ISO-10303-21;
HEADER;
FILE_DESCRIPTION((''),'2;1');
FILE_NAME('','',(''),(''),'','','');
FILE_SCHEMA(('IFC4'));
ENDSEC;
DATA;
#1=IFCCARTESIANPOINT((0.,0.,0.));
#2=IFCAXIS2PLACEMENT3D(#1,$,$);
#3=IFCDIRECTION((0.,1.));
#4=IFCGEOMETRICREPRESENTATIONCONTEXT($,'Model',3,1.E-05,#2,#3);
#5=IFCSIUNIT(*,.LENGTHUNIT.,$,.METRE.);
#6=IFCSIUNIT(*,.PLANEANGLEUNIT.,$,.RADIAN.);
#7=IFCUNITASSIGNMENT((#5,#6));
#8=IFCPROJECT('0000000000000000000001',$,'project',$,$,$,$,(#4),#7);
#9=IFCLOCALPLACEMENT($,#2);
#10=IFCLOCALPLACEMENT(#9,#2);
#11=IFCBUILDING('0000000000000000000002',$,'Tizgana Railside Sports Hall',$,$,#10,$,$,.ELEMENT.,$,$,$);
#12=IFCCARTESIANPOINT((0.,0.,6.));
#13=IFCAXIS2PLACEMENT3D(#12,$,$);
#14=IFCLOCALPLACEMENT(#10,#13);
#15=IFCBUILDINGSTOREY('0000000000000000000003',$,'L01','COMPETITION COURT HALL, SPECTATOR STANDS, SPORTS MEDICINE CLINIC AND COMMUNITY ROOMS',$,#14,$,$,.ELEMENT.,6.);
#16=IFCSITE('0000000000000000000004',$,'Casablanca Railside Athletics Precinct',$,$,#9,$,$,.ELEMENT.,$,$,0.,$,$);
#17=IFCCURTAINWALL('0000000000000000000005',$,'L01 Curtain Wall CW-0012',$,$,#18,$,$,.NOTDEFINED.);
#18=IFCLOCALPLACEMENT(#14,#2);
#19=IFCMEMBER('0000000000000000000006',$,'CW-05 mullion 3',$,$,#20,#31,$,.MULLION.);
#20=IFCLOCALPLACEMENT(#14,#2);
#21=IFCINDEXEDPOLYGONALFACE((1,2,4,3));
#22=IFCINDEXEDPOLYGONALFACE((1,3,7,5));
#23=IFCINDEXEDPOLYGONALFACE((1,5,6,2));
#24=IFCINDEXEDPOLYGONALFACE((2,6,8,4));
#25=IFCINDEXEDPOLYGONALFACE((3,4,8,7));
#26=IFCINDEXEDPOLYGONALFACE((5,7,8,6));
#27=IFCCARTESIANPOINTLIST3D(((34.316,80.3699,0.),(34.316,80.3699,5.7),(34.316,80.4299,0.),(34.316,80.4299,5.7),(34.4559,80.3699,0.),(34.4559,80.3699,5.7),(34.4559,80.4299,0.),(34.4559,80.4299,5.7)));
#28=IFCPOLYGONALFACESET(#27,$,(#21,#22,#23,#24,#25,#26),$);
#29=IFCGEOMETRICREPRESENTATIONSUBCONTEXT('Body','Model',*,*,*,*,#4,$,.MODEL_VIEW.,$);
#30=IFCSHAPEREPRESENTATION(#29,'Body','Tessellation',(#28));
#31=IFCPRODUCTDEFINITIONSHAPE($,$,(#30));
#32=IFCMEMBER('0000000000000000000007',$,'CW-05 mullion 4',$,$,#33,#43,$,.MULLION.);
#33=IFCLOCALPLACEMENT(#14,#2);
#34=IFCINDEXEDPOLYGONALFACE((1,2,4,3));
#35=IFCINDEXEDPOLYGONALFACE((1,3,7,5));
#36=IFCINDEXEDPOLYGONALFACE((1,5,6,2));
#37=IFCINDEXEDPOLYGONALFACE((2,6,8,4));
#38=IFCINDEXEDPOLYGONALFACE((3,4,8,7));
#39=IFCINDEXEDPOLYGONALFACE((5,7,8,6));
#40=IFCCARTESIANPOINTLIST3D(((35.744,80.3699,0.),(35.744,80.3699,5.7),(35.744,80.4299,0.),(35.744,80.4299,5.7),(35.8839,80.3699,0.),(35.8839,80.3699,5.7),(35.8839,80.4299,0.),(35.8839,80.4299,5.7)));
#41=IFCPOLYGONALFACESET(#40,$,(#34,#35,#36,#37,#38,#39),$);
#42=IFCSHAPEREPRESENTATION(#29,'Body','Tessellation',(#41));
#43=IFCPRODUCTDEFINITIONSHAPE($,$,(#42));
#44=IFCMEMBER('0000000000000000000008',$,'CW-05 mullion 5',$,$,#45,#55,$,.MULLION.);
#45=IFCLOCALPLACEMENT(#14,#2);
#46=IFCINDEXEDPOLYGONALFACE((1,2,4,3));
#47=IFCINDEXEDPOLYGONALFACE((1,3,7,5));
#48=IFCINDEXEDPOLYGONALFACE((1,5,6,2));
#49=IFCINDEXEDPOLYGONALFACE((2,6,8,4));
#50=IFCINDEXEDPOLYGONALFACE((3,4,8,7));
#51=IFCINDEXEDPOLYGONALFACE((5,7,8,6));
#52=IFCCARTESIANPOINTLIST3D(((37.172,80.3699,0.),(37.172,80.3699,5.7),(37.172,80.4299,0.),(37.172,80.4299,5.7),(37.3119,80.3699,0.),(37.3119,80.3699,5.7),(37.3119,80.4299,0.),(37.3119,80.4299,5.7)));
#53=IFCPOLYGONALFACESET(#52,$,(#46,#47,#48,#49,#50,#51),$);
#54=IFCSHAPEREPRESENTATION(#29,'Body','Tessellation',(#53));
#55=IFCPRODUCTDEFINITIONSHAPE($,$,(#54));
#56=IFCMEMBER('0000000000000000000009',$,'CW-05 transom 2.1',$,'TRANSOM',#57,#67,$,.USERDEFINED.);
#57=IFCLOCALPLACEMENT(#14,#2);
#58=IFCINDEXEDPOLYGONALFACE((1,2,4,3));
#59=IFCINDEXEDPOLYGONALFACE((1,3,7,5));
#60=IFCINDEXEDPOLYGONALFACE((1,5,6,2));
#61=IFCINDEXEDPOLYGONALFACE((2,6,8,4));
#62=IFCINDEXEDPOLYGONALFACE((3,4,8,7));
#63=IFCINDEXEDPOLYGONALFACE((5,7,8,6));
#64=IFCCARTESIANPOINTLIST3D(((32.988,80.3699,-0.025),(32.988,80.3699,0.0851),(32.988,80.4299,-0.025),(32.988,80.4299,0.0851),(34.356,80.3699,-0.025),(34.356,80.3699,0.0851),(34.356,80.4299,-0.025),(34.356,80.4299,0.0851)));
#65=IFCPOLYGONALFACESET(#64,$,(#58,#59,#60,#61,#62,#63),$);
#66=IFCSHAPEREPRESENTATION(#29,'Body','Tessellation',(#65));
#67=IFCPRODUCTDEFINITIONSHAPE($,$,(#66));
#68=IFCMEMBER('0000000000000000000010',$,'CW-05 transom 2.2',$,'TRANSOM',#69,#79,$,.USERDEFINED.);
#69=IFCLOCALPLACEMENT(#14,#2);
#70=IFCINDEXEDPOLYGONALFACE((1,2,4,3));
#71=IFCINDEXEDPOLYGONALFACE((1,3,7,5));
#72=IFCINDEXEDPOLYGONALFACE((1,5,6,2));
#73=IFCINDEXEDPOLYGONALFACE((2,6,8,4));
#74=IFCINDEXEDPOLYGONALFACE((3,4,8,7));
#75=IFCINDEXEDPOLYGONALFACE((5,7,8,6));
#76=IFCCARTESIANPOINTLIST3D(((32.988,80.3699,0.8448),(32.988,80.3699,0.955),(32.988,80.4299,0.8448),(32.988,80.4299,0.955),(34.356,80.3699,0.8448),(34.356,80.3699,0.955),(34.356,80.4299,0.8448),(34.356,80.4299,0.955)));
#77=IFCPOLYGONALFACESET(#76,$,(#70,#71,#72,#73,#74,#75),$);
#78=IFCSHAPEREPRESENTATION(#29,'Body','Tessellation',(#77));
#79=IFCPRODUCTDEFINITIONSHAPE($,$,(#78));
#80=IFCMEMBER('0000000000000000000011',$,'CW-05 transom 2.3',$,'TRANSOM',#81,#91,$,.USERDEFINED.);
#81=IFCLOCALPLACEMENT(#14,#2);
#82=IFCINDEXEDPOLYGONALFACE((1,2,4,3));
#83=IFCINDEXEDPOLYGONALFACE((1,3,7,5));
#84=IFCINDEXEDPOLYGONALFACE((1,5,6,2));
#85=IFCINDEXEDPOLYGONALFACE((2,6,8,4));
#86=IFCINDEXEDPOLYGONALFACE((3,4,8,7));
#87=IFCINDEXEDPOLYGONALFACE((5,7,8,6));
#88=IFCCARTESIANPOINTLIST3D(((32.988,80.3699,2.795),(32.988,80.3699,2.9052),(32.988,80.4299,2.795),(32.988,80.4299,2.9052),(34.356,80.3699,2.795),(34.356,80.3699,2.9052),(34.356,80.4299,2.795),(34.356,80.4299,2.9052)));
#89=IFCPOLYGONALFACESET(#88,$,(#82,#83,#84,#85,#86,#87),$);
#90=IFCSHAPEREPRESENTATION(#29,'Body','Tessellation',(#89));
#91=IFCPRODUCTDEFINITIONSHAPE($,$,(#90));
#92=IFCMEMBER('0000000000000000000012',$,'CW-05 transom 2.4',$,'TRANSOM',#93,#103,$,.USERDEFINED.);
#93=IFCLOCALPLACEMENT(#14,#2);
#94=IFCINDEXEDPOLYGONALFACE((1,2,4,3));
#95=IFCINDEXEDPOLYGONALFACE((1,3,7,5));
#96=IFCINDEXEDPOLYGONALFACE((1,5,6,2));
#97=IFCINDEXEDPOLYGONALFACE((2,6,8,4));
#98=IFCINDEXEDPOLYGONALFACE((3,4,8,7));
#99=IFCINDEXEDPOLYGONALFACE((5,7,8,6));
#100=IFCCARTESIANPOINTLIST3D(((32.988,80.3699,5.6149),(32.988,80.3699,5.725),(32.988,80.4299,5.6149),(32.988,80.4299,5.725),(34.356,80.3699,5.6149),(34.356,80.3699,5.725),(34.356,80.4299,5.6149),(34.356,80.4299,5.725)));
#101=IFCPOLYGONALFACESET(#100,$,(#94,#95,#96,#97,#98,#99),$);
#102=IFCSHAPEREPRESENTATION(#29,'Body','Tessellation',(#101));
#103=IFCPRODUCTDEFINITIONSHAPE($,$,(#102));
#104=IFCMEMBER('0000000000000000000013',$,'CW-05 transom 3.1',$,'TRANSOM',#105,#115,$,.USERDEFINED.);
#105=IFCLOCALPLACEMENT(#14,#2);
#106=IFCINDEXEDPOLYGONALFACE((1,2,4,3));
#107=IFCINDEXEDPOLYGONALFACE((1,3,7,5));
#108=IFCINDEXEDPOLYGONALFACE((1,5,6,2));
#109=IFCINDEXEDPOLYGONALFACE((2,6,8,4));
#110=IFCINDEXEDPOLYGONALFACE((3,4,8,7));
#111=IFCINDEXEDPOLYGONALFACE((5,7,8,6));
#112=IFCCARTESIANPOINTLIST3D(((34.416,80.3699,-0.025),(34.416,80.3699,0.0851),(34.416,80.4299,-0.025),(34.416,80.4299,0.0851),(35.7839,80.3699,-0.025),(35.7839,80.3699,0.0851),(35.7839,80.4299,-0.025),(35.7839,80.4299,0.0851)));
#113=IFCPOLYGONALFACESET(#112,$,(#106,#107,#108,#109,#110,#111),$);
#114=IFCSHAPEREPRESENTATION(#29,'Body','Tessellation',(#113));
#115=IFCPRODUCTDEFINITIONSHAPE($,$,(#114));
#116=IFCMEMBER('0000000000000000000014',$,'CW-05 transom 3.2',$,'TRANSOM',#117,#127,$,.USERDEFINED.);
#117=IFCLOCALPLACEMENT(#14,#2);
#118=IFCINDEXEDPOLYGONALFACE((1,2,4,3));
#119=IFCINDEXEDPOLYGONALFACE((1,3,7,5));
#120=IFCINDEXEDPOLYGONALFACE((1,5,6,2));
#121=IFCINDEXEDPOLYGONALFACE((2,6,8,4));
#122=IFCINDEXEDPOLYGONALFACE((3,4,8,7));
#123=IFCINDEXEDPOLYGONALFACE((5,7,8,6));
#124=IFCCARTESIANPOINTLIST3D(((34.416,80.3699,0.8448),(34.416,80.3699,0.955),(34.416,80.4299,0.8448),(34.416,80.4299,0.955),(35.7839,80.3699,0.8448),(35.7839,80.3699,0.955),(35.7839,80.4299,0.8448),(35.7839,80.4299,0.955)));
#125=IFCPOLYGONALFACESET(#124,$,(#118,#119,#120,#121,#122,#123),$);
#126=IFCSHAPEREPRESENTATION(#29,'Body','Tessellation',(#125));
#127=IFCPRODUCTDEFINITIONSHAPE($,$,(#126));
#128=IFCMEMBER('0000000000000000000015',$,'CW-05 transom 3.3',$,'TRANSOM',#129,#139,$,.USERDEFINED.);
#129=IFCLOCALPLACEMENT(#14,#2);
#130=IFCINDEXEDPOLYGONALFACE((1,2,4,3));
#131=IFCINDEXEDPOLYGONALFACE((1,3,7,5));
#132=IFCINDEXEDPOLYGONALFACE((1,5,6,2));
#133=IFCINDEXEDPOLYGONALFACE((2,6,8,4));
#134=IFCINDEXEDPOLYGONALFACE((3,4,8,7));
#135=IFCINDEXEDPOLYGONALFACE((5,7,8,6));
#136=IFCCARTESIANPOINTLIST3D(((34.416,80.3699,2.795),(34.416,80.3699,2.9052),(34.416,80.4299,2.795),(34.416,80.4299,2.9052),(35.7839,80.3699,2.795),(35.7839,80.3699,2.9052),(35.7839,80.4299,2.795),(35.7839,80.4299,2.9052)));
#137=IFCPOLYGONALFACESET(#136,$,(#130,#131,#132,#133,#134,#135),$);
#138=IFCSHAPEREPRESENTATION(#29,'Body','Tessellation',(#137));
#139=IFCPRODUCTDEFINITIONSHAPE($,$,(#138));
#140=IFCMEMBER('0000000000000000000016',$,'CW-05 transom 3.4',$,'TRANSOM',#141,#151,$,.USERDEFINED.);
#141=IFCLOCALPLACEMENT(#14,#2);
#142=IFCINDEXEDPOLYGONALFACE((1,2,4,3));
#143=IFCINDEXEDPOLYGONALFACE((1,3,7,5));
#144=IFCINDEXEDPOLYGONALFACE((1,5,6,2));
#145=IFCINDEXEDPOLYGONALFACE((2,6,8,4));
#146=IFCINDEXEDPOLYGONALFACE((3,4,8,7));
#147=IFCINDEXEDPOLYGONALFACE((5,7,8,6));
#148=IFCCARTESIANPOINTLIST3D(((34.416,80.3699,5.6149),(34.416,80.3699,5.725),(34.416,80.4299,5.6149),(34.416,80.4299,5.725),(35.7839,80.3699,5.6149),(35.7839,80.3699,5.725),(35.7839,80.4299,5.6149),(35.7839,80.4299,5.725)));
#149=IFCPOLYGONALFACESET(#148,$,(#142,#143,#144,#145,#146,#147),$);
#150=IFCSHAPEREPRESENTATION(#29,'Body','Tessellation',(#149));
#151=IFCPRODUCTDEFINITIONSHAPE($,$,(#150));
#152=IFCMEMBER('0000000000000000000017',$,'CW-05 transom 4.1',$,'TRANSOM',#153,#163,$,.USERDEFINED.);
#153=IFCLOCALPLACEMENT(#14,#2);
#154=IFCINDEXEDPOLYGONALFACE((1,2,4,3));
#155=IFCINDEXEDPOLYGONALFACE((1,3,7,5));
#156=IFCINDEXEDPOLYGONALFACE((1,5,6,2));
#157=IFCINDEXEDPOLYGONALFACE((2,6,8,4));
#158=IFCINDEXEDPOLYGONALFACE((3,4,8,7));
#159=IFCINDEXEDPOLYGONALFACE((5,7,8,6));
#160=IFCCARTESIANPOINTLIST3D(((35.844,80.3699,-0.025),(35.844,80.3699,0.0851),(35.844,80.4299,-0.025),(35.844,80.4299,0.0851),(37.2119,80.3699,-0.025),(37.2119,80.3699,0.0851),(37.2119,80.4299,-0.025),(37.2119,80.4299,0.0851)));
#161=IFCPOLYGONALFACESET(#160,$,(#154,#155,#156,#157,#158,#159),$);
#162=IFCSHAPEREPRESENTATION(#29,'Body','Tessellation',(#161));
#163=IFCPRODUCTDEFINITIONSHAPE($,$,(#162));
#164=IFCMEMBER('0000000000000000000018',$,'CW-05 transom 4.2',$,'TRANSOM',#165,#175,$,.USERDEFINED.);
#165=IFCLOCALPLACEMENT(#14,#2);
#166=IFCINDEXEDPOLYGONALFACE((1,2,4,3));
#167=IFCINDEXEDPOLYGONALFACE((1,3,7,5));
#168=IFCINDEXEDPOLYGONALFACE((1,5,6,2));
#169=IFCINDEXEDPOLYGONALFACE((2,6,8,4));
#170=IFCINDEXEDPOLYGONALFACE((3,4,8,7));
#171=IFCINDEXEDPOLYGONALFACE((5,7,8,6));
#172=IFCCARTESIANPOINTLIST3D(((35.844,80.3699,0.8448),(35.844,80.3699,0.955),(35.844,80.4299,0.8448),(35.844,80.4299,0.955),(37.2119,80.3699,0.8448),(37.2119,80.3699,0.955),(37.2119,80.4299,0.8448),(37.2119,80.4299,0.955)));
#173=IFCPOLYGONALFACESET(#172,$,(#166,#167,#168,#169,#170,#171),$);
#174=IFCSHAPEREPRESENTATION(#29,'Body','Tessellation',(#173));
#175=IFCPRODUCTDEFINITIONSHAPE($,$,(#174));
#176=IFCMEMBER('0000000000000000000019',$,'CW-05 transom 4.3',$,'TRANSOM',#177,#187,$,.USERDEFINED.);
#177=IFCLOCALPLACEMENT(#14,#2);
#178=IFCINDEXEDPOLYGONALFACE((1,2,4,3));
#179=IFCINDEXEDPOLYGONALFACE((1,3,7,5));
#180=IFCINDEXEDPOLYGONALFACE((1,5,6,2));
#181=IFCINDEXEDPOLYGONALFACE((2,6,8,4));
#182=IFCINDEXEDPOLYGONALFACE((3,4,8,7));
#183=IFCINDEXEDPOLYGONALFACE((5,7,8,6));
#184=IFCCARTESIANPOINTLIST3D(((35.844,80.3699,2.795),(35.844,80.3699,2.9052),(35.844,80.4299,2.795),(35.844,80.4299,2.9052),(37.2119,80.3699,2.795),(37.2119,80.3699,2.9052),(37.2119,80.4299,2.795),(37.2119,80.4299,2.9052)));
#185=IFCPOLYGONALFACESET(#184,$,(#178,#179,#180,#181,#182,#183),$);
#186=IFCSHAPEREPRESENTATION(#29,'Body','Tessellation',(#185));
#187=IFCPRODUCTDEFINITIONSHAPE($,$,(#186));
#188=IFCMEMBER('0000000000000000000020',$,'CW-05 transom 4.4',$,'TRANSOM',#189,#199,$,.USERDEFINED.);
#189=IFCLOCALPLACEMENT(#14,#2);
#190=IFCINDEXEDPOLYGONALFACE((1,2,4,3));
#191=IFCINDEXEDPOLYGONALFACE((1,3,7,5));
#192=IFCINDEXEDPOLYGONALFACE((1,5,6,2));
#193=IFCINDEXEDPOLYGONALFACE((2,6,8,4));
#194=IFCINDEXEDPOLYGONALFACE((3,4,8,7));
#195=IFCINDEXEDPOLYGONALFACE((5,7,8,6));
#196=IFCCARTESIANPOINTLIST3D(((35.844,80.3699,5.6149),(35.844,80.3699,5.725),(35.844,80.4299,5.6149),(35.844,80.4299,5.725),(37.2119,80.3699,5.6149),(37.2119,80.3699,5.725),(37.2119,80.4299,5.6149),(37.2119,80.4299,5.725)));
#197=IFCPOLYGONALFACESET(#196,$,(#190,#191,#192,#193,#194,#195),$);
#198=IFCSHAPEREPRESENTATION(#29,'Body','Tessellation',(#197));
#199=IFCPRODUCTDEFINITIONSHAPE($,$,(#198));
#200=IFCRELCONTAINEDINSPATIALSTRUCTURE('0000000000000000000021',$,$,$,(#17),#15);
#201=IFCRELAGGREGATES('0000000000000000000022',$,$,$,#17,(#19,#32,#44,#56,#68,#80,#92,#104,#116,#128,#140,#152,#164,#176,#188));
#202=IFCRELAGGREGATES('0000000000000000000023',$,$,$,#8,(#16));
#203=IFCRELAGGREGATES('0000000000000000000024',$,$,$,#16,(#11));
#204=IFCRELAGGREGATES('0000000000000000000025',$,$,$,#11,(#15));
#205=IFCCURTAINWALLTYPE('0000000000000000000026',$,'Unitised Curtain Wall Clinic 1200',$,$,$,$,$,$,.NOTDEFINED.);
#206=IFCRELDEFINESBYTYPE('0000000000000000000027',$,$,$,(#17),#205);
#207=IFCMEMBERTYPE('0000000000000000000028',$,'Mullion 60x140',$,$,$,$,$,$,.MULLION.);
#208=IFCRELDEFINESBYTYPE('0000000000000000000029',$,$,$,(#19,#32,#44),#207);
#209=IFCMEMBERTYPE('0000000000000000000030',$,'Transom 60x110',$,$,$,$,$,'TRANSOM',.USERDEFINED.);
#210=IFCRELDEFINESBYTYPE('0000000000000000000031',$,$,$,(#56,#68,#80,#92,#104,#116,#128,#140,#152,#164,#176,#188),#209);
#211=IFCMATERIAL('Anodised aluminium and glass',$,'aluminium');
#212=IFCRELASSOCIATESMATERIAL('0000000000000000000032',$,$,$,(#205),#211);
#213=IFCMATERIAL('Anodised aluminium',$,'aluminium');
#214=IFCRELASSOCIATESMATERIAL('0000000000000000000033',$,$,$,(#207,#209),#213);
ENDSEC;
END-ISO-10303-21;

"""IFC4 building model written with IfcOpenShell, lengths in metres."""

from ifc_helpers import new_model, si_unit, direction, frame, origin, origin_2d, place, context, subcontext, project, spatial, rectangle, extrude, material, material_profile, profile_set, type_object, element, aggregate, save


model = new_model("IFC4")

# Units and contexts
model_context = context("Model", 3, precision=1e-05, world=origin(), true_north=direction((0.0, 1.0)))
body_context = subcontext(model_context, "Body", "Model", "MODEL_VIEW")
ifc_project = project(units=[si_unit("LENGTHUNIT", "METRE"), si_unit("PLANEANGLEUNIT", "RADIAN")], contexts=[model_context])

# Site, building, storey
site_placement = place(None, origin())
site = spatial("IfcSite", under=ifc_project, at=site_placement, Name="Casablanca Railside Athletics Precinct", CompositionType="ELEMENT", RefElevation=0.0)
building_placement = place(site_placement, origin())
building = spatial("IfcBuilding", under=site, at=building_placement, Name="Tizgana Railside Sports Hall", CompositionType="ELEMENT")
storey_placement = place(building_placement, frame((0.0, 0.0, 6.0)))
storey = spatial("IfcBuildingStorey", under=building, at=storey_placement, Name="L01", Description="COMPETITION COURT HALL, SPECTATOR STANDS, SPORTS MEDICINE CLINIC AND COMMUNITY ROOMS", CompositionType="ELEMENT", Elevation=6.0)

# Curtain wall, members
ifc_material_1 = material(Name="Anodised aluminium and glass", Category="aluminium")
curtain_wall_type = type_object("IfcCurtainWallType", Name="Unitised Curtain Wall Clinic 1200", PredefinedType="NOTDEFINED", material=ifc_material_1)
curtain_wall_placement = place(storey_placement, origin())
curtain_wall = element("IfcCurtainWall", 1, at=curtain_wall_placement, inside=storey, type_object=curtain_wall_type, Name="L01 Curtain Wall CW-0012", PredefinedType="NOTDEFINED")
ifc_material_2 = material(Name="Anodised aluminium", Category="aluminium")
ifc_material_profile_1 = material_profile(ifc_material_2, rectangle(XDim=0.0601, YDim=0.1399, at=origin_2d()), Name="Mullion 60x140")
ifc_profile_set_1 = profile_set([ifc_material_profile_1], Name="Anodised aluminium")
member_type_1 = type_object("IfcMemberType", Name="Mullion 60x140", PredefinedType="MULLION", material=ifc_profile_set_1)
member_1_placement = place(storey_placement, frame((34.386, 80.3999, 0.0), z_axis=(0.0, 0.0, 1.0), x_axis=(0.0, 1.0, 0.0)))
member_1 = element("IfcMember", 2, at=member_1_placement, type_object=member_type_1, Name="CW-05 mullion 3", PredefinedType="MULLION", context=body_context, shape_type="SweptSolid", body=[
    extrude(rectangle(XDim=0.0601, YDim=0.1399, at=origin_2d()), origin(), (0.0, 0.0, 1.0), 5.7),
])
member_2_placement = place(storey_placement, frame((35.814, 80.3999, 0.0), z_axis=(0.0, 0.0, 1.0), x_axis=(0.0, 1.0, 0.0)))
member_2 = element("IfcMember", 3, at=member_2_placement, type_object=member_type_1, Name="CW-05 mullion 4", PredefinedType="MULLION", context=body_context, shape_type="SweptSolid", body=[
    extrude(rectangle(XDim=0.0601, YDim=0.1399, at=origin_2d()), origin(), (0.0, 0.0, 1.0), 5.7),
])
member_3_placement = place(storey_placement, frame((37.2419, 80.3999, 0.0), z_axis=(0.0, 0.0, 1.0), x_axis=(0.0, 1.0, 0.0)))
member_3 = element("IfcMember", 4, at=member_3_placement, type_object=member_type_1, Name="CW-05 mullion 5", PredefinedType="MULLION", context=body_context, shape_type="SweptSolid", body=[
    extrude(rectangle(XDim=0.0601, YDim=0.1399, at=origin_2d()), origin(), (0.0, 0.0, 1.0), 5.7),
])
ifc_material_profile_2 = material_profile(ifc_material_2, rectangle(XDim=0.0601, YDim=0.1101, at=origin_2d()), Name="Transom 60x110")
ifc_profile_set_2 = profile_set([ifc_material_profile_2], Name="Anodised aluminium")
member_type_2 = type_object("IfcMemberType", Name="Transom 60x110", ElementType="TRANSOM", PredefinedType="USERDEFINED", material=ifc_profile_set_2)
member_4_placement = place(storey_placement, frame((32.988, 80.3999, 0.03), z_axis=(1.0, 0.0, 0.0), x_axis=(0.0, 1.0, 0.0)))
member_4 = element("IfcMember", 5, at=member_4_placement, type_object=member_type_2, Name="CW-05 transom 2.1", ObjectType="TRANSOM", PredefinedType="USERDEFINED", context=body_context, shape_type="SweptSolid", body=[
    extrude(rectangle(XDim=0.0601, YDim=0.1101, at=origin_2d()), origin(), (0.0, 0.0, 1.0), 1.3679),
])
member_5_placement = place(storey_placement, frame((32.988, 80.3999, 0.8999), z_axis=(1.0, 0.0, 0.0), x_axis=(0.0, 1.0, 0.0)))
member_5 = element("IfcMember", 6, at=member_5_placement, type_object=member_type_2, Name="CW-05 transom 2.2", ObjectType="TRANSOM", PredefinedType="USERDEFINED", context=body_context, shape_type="SweptSolid", body=[
    extrude(rectangle(XDim=0.0601, YDim=0.1101, at=origin_2d()), origin(), (0.0, 0.0, 1.0), 1.3679),
])
member_6_placement = place(storey_placement, frame((32.988, 80.3999, 2.8501), z_axis=(1.0, 0.0, 0.0), x_axis=(0.0, 1.0, 0.0)))
member_6 = element("IfcMember", 7, at=member_6_placement, type_object=member_type_2, Name="CW-05 transom 2.3", ObjectType="TRANSOM", PredefinedType="USERDEFINED", context=body_context, shape_type="SweptSolid", body=[
    extrude(rectangle(XDim=0.0601, YDim=0.1101, at=origin_2d()), origin(), (0.0, 0.0, 1.0), 1.3679),
])
member_7_placement = place(storey_placement, frame((32.988, 80.3999, 5.6699), z_axis=(1.0, 0.0, 0.0), x_axis=(0.0, 1.0, 0.0)))
member_7 = element("IfcMember", 8, at=member_7_placement, type_object=member_type_2, Name="CW-05 transom 2.4", ObjectType="TRANSOM", PredefinedType="USERDEFINED", context=body_context, shape_type="SweptSolid", body=[
    extrude(rectangle(XDim=0.0601, YDim=0.1101, at=origin_2d()), origin(), (0.0, 0.0, 1.0), 1.3679),
])
member_8_placement = place(storey_placement, frame((34.416, 80.3999, 0.03), z_axis=(1.0, 0.0, 0.0), x_axis=(0.0, 1.0, 0.0)))
member_8 = element("IfcMember", 9, at=member_8_placement, type_object=member_type_2, Name="CW-05 transom 3.1", ObjectType="TRANSOM", PredefinedType="USERDEFINED", context=body_context, shape_type="SweptSolid", body=[
    extrude(rectangle(XDim=0.0601, YDim=0.1101, at=origin_2d()), origin(), (0.0, 0.0, 1.0), 1.3679),
])
member_9_placement = place(storey_placement, frame((34.416, 80.3999, 0.8999), z_axis=(1.0, 0.0, 0.0), x_axis=(0.0, 1.0, 0.0)))
member_9 = element("IfcMember", 10, at=member_9_placement, type_object=member_type_2, Name="CW-05 transom 3.2", ObjectType="TRANSOM", PredefinedType="USERDEFINED", context=body_context, shape_type="SweptSolid", body=[
    extrude(rectangle(XDim=0.0601, YDim=0.1101, at=origin_2d()), origin(), (0.0, 0.0, 1.0), 1.3679),
])
member_10_placement = place(storey_placement, frame((34.416, 80.3999, 2.8501), z_axis=(1.0, 0.0, 0.0), x_axis=(0.0, 1.0, 0.0)))
member_10 = element("IfcMember", 11, at=member_10_placement, type_object=member_type_2, Name="CW-05 transom 3.3", ObjectType="TRANSOM", PredefinedType="USERDEFINED", context=body_context, shape_type="SweptSolid", body=[
    extrude(rectangle(XDim=0.0601, YDim=0.1101, at=origin_2d()), origin(), (0.0, 0.0, 1.0), 1.3679),
])
member_11_placement = place(storey_placement, frame((34.416, 80.3999, 5.6699), z_axis=(1.0, 0.0, 0.0), x_axis=(0.0, 1.0, 0.0)))
member_11 = element("IfcMember", 12, at=member_11_placement, type_object=member_type_2, Name="CW-05 transom 3.4", ObjectType="TRANSOM", PredefinedType="USERDEFINED", context=body_context, shape_type="SweptSolid", body=[
    extrude(rectangle(XDim=0.0601, YDim=0.1101, at=origin_2d()), origin(), (0.0, 0.0, 1.0), 1.3679),
])
member_12_placement = place(storey_placement, frame((35.844, 80.3999, 0.03), z_axis=(1.0, 0.0, 0.0), x_axis=(0.0, 1.0, 0.0)))
member_12 = element("IfcMember", 13, at=member_12_placement, type_object=member_type_2, Name="CW-05 transom 4.1", ObjectType="TRANSOM", PredefinedType="USERDEFINED", context=body_context, shape_type="SweptSolid", body=[
    extrude(rectangle(XDim=0.0601, YDim=0.1101, at=origin_2d()), origin(), (0.0, 0.0, 1.0), 1.3679),
])
member_13_placement = place(storey_placement, frame((35.844, 80.3999, 0.8999), z_axis=(1.0, 0.0, 0.0), x_axis=(0.0, 1.0, 0.0)))
member_13 = element("IfcMember", 14, at=member_13_placement, type_object=member_type_2, Name="CW-05 transom 4.2", ObjectType="TRANSOM", PredefinedType="USERDEFINED", context=body_context, shape_type="SweptSolid", body=[
    extrude(rectangle(XDim=0.0601, YDim=0.1101, at=origin_2d()), origin(), (0.0, 0.0, 1.0), 1.3679),
])
member_14_placement = place(storey_placement, frame((35.844, 80.3999, 2.8501), z_axis=(1.0, 0.0, 0.0), x_axis=(0.0, 1.0, 0.0)))
member_14 = element("IfcMember", 15, at=member_14_placement, type_object=member_type_2, Name="CW-05 transom 4.3", ObjectType="TRANSOM", PredefinedType="USERDEFINED", context=body_context, shape_type="SweptSolid", body=[
    extrude(rectangle(XDim=0.0601, YDim=0.1101, at=origin_2d()), origin(), (0.0, 0.0, 1.0), 1.3679),
])
member_15_placement = place(storey_placement, frame((35.844, 80.3999, 5.6699), z_axis=(1.0, 0.0, 0.0), x_axis=(0.0, 1.0, 0.0)))
member_15 = element("IfcMember", 16, at=member_15_placement, type_object=member_type_2, Name="CW-05 transom 4.4", ObjectType="TRANSOM", PredefinedType="USERDEFINED", context=body_context, shape_type="SweptSolid", body=[
    extrude(rectangle(XDim=0.0601, YDim=0.1101, at=origin_2d()), origin(), (0.0, 0.0, 1.0), 1.3679),
])
aggregate(curtain_wall, [member_1, member_2, member_3, member_4, member_5, member_6, member_7, member_8, member_9, member_10, member_11, member_12, member_13, member_14, member_15])

save(model, "model.ifc")
